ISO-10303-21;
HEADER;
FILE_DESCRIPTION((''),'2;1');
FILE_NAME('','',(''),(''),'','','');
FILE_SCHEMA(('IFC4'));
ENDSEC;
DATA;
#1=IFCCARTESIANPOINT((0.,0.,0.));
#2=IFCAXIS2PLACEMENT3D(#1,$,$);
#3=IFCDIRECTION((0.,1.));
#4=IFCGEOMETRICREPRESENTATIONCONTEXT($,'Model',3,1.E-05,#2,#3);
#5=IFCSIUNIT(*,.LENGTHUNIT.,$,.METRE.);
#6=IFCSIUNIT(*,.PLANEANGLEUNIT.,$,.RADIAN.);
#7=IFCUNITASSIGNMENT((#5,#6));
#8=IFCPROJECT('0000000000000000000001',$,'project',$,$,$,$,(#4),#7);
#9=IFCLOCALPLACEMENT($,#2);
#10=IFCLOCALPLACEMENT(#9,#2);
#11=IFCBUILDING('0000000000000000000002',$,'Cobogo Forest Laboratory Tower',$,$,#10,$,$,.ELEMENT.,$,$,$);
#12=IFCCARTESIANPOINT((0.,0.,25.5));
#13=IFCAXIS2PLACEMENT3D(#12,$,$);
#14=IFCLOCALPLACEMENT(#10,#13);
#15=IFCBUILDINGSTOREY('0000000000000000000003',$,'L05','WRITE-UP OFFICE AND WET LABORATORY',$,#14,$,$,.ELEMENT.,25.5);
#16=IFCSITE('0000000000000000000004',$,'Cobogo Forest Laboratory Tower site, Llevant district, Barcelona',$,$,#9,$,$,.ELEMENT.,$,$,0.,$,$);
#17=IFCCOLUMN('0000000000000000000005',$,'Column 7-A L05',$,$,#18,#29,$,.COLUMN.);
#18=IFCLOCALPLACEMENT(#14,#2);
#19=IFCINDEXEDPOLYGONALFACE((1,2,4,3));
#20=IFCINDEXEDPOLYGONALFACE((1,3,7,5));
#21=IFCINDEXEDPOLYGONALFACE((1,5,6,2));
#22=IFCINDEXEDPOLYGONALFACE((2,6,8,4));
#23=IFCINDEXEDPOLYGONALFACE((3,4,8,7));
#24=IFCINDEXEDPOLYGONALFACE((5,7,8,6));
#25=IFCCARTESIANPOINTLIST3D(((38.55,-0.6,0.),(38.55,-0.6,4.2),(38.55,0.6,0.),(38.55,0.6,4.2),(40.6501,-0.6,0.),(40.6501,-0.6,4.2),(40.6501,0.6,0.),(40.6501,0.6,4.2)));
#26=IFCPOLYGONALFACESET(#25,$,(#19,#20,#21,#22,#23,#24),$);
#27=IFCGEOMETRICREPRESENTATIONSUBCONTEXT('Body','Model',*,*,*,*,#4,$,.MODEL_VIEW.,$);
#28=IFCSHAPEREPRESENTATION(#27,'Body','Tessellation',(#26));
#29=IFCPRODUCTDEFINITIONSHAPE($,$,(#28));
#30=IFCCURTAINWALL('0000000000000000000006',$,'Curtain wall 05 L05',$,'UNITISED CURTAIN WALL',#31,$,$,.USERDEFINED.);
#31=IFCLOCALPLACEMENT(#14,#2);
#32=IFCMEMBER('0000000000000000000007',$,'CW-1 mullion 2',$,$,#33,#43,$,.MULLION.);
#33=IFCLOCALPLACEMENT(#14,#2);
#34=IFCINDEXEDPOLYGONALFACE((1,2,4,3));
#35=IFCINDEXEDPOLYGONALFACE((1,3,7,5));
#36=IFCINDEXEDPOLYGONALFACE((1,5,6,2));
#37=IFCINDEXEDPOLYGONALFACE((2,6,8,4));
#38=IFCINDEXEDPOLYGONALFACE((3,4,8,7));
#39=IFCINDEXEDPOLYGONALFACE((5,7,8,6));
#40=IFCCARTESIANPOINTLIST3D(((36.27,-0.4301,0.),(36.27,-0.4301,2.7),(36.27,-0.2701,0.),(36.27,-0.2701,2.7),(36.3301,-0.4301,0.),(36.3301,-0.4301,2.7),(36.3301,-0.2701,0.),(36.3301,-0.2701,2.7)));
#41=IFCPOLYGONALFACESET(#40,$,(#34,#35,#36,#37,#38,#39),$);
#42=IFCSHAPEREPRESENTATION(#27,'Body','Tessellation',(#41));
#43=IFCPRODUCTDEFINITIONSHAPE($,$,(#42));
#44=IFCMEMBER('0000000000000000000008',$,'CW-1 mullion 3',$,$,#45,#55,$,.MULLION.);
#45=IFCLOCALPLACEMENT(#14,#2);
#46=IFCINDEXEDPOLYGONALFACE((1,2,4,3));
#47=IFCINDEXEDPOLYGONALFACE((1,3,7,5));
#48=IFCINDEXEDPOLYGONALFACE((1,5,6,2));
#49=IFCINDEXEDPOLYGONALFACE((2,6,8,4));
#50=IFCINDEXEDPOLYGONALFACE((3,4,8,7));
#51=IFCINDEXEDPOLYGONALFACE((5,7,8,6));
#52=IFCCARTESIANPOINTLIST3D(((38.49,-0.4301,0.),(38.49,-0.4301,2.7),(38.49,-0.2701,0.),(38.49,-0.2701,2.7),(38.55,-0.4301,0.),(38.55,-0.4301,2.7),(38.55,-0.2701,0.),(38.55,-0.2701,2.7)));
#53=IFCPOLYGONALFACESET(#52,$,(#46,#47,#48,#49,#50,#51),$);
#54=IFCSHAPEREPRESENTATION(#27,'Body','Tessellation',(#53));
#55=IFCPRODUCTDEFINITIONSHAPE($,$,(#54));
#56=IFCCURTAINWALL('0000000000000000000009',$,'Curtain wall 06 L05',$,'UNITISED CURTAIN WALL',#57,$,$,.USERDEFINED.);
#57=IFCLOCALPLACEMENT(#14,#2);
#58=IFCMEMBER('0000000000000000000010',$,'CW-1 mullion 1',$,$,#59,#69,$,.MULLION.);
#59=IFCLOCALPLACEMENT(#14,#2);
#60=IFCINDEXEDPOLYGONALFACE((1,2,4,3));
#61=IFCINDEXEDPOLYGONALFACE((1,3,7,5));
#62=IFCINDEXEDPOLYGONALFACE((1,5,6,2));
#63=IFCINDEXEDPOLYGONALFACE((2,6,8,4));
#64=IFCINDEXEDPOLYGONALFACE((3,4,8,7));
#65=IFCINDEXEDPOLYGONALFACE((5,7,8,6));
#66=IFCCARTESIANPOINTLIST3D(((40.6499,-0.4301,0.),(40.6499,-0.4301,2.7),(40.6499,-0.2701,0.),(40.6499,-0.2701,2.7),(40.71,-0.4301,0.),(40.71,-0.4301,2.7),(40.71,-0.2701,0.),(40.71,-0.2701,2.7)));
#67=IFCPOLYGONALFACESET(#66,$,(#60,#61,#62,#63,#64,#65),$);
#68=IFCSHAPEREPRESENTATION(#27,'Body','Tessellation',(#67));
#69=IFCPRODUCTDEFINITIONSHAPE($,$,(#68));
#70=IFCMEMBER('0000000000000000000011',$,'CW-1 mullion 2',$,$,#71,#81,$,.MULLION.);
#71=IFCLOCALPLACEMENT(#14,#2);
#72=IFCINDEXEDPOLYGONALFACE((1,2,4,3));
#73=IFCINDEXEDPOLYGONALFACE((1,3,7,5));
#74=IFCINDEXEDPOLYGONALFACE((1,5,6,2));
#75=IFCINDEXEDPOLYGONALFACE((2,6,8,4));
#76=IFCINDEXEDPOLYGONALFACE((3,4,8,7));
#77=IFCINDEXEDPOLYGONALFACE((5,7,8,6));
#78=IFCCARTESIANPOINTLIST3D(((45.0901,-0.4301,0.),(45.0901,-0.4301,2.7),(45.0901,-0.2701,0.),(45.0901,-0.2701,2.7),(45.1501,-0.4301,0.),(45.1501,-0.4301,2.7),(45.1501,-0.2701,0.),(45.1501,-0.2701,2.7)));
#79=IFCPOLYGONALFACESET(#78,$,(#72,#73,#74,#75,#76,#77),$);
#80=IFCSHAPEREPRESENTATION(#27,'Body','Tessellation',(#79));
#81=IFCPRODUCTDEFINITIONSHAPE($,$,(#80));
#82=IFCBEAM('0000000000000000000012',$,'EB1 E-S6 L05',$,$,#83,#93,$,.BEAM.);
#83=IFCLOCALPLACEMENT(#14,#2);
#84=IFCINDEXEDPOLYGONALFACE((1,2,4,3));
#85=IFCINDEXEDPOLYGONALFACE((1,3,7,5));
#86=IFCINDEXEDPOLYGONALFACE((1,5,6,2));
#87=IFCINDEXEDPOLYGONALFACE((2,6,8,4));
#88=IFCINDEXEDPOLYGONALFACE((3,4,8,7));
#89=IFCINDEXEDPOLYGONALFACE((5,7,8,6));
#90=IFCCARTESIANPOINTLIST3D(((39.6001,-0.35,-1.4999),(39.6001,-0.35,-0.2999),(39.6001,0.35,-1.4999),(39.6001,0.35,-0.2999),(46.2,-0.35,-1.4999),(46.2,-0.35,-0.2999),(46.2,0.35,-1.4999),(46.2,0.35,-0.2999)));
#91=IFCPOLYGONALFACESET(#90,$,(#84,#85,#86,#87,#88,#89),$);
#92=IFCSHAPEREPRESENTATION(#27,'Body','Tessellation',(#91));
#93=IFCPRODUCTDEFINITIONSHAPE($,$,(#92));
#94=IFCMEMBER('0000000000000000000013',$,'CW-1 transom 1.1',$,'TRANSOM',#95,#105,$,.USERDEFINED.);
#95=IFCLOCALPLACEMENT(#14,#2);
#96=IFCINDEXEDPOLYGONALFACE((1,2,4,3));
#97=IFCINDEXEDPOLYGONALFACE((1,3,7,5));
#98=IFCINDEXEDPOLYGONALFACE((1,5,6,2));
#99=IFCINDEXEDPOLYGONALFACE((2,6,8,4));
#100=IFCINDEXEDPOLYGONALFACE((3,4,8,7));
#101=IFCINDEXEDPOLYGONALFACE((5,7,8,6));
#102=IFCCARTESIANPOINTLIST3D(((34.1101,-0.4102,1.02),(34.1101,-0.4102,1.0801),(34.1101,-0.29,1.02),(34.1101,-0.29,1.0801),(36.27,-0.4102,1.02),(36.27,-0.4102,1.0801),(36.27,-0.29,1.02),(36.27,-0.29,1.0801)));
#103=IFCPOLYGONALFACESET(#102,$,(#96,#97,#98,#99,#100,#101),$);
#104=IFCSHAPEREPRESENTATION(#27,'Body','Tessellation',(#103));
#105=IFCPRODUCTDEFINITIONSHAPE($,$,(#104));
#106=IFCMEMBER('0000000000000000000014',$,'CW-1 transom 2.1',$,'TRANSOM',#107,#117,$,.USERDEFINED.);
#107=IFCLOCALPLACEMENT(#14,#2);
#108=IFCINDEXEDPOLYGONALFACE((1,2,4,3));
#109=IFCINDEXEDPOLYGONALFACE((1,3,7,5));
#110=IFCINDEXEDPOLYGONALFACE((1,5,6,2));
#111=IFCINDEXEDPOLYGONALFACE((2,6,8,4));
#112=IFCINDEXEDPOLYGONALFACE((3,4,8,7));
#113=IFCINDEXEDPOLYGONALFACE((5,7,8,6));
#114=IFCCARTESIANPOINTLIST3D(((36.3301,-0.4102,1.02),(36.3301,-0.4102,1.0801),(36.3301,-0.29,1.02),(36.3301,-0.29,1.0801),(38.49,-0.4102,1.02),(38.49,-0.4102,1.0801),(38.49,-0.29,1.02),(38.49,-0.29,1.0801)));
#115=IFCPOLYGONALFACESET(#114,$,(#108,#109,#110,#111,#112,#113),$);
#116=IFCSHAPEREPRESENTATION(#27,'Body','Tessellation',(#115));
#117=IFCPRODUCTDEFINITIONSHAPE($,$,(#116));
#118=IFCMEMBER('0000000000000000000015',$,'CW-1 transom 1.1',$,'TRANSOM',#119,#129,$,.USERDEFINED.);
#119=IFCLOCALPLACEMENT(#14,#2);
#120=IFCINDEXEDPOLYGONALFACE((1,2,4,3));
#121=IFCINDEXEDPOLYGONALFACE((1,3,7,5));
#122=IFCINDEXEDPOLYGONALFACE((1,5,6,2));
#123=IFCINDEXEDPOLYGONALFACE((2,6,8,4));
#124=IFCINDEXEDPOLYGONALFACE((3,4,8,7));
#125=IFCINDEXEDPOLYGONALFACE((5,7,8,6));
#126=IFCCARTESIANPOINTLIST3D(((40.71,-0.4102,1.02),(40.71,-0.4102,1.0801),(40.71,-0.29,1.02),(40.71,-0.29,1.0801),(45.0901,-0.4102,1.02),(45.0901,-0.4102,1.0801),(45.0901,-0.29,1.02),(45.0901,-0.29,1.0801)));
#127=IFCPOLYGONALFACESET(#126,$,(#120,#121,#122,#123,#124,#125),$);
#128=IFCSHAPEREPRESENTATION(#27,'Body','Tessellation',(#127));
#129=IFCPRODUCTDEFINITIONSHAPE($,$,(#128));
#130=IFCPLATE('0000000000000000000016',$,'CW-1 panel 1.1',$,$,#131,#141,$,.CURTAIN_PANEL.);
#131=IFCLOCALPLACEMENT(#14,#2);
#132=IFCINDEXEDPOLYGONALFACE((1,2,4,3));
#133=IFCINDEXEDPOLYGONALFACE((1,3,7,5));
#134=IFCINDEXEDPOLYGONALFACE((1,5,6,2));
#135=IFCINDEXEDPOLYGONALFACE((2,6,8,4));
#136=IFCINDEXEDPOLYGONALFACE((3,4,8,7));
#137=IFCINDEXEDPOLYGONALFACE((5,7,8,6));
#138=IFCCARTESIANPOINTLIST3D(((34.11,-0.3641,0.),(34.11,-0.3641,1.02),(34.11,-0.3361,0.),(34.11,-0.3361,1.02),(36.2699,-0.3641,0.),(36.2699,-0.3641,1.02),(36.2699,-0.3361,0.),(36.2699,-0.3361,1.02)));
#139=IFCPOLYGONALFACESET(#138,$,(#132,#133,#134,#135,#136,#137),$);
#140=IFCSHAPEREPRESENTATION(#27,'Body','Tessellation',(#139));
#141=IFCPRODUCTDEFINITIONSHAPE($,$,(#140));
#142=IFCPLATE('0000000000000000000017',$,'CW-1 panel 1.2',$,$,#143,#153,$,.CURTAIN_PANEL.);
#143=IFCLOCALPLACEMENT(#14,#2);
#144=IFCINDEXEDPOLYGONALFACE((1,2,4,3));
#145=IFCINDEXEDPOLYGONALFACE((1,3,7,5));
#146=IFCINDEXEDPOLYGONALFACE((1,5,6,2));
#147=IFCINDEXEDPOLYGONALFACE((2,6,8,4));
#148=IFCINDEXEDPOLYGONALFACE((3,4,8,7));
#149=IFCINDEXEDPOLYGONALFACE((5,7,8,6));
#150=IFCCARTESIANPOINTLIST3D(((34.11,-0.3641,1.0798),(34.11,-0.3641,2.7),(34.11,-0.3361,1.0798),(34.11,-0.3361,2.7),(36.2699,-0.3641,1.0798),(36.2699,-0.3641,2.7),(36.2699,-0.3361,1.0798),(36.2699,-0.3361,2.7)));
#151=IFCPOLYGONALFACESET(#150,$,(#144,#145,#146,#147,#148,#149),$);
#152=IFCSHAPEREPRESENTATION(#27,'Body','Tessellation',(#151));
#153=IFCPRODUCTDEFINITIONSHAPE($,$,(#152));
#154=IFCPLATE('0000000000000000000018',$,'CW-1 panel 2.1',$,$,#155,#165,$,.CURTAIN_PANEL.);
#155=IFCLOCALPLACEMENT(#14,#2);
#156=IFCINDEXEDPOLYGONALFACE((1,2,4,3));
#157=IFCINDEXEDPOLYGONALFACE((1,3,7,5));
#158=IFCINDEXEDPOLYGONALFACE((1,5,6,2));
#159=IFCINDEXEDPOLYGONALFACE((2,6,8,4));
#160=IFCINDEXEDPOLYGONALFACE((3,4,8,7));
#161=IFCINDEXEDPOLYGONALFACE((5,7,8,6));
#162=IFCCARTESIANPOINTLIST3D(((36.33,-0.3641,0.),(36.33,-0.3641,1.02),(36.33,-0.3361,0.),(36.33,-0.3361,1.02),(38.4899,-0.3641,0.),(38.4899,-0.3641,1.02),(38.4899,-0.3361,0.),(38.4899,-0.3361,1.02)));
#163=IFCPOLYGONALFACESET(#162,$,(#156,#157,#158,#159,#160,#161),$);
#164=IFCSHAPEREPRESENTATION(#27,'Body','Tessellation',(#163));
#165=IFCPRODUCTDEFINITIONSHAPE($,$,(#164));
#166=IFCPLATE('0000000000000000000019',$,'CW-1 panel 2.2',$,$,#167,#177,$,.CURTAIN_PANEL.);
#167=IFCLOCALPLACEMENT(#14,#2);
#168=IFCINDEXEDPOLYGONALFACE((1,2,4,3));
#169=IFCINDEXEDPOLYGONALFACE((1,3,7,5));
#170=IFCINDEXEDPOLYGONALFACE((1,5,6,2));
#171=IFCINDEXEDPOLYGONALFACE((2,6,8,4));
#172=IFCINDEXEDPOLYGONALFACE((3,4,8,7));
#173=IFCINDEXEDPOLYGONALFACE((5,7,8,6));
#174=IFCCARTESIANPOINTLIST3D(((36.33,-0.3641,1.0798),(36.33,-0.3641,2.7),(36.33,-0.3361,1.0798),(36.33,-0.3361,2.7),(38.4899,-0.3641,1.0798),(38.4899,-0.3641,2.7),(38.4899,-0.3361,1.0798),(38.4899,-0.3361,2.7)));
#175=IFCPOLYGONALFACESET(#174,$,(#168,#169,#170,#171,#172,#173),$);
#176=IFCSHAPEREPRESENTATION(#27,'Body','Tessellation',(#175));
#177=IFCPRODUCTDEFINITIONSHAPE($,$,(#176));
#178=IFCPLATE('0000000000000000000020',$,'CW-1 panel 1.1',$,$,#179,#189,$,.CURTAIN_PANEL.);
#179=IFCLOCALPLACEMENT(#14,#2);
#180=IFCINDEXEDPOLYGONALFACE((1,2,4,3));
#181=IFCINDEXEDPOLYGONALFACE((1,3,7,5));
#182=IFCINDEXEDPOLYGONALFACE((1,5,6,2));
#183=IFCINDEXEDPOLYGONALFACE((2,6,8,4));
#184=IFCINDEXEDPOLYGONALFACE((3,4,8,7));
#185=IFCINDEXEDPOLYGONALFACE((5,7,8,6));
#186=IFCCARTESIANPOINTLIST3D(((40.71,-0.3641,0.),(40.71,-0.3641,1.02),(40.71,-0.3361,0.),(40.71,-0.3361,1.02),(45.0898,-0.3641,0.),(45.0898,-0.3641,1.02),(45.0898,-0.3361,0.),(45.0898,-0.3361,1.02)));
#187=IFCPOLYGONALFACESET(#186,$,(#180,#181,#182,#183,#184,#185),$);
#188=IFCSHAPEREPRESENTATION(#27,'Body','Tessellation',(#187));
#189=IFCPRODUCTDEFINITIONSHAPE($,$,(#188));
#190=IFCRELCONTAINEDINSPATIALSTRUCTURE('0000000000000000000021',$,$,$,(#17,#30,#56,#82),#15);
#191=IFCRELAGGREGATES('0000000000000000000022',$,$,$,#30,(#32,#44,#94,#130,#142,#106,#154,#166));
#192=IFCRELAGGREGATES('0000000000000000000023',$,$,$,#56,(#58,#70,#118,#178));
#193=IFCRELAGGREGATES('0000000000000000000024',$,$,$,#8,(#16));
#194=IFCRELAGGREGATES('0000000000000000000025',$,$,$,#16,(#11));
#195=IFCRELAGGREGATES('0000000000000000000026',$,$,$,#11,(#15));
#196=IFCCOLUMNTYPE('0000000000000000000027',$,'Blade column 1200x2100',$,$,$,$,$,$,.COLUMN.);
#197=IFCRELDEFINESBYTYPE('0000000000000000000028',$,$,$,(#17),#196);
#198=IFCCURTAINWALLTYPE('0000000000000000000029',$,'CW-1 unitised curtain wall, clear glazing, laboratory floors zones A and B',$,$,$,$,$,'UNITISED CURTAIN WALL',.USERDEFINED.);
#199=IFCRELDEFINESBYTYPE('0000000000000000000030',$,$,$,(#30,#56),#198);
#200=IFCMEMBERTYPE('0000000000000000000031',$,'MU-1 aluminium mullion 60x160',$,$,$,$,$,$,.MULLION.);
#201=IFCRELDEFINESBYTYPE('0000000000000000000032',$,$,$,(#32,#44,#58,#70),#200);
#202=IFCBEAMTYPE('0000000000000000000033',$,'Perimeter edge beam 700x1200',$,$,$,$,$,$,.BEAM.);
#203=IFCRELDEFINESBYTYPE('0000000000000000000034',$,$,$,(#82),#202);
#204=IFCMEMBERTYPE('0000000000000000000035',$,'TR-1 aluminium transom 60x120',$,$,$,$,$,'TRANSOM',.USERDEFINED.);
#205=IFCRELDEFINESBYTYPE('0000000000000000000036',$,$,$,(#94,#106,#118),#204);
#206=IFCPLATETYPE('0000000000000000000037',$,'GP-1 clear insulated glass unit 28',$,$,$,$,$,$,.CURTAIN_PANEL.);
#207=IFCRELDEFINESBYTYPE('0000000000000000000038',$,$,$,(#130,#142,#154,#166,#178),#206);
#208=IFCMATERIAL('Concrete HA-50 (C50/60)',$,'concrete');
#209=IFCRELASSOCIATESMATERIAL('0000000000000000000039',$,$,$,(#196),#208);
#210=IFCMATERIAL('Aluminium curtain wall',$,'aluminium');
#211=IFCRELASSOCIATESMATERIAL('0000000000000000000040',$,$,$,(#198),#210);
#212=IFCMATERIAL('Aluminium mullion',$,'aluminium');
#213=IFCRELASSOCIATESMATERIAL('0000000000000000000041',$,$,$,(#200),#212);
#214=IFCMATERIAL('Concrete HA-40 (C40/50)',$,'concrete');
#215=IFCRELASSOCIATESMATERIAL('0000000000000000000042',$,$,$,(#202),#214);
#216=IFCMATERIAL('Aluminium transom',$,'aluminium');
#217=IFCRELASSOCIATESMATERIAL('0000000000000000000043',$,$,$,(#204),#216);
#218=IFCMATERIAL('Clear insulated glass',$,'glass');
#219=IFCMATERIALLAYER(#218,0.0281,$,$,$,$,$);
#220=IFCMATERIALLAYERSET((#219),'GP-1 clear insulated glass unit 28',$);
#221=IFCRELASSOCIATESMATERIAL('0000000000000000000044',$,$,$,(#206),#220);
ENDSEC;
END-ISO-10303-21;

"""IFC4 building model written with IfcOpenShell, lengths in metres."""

from ifc_helpers import new_model, si_unit, direction, frame, origin, origin_2d, place, context, subcontext, project, spatial, rectangle, extrude, material, layer, layer_set, material_profile, profile_set, type_object, element, aggregate, save


model = new_model("IFC4")

# Units and contexts
model_context = context("Model", 3, precision=1e-05, world=origin(), true_north=direction((0.0, 1.0)))
body_context = subcontext(model_context, "Body", "Model", "MODEL_VIEW")
ifc_project = project(units=[si_unit("LENGTHUNIT", "METRE"), si_unit("PLANEANGLEUNIT", "RADIAN")], contexts=[model_context])

# Site, building, storey
site_placement = place(None, origin())
site = spatial("IfcSite", under=ifc_project, at=site_placement, Name="Cobogo Forest Laboratory Tower site, Llevant district, Barcelona", CompositionType="ELEMENT", RefElevation=0.0)
building_placement = place(site_placement, origin())
building = spatial("IfcBuilding", under=site, at=building_placement, Name="Cobogo Forest Laboratory Tower", CompositionType="ELEMENT")
storey_placement = place(building_placement, frame((0.0, 0.0, 25.5)))
storey = spatial("IfcBuildingStorey", under=building, at=storey_placement, Name="L05", Description="WRITE-UP OFFICE AND WET LABORATORY", CompositionType="ELEMENT", Elevation=25.5)

# Column
ifc_material_1 = material(Name="Concrete HA-50 (C50/60)", Category="concrete")
ifc_material_profile_1 = material_profile(ifc_material_1, rectangle(XDim=2.1001, YDim=1.2, at=origin_2d()), Name="RC 1200x2100")
ifc_profile_set_1 = profile_set([ifc_material_profile_1], Name="Concrete HA-50 (C50/60)")
column_type = type_object("IfcColumnType", Name="Blade column 1200x2100", PredefinedType="COLUMN", material=ifc_profile_set_1)
column_placement = place(storey_placement, frame((39.6001, 0.0, 0.0), z_axis=(0.0, 0.0, 1.0), x_axis=(1.0, 0.0, 0.0)))
element("IfcColumn", 1, at=column_placement, inside=storey, type_object=column_type, Name="Column 7-A L05", PredefinedType="COLUMN", context=body_context, shape_type="SweptSolid", body=[
    extrude(rectangle(XDim=2.1001, YDim=1.2, at=origin_2d()), origin(), (0.0, 0.0, 1.0), 4.2),
])

# Curtain walls, members
ifc_material_2 = material(Name="Aluminium curtain wall", Category="aluminium")
curtain_wall_type = type_object("IfcCurtainWallType", Name="CW-1 unitised curtain wall, clear glazing, laboratory floors zones A and B", ElementType="UNITISED CURTAIN WALL", PredefinedType="USERDEFINED", material=ifc_material_2)
curtain_wall_1_placement = place(storey_placement, origin())
curtain_wall_1 = element("IfcCurtainWall", 2, at=curtain_wall_1_placement, inside=storey, type_object=curtain_wall_type, Name="Curtain wall 05 L05", ObjectType="UNITISED CURTAIN WALL", PredefinedType="USERDEFINED")
ifc_material_3 = material(Name="Aluminium mullion", Category="aluminium")
ifc_material_profile_2 = material_profile(ifc_material_3, rectangle(XDim=0.0601, YDim=0.1599, at=origin_2d()), Name="AL 60x160")
ifc_profile_set_2 = profile_set([ifc_material_profile_2], Name="Aluminium mullion")
member_type_1 = type_object("IfcMemberType", Name="MU-1 aluminium mullion 60x160", PredefinedType="MULLION", material=ifc_profile_set_2)
member_1_placement = place(storey_placement, frame((36.3, -0.3501, 0.0), z_axis=(0.0, 0.0, 1.0), x_axis=(1.0, 0.0, 0.0)))
member_1 = element("IfcMember", 3, at=member_1_placement, type_object=member_type_1, Name="CW-1 mullion 2", PredefinedType="MULLION", context=body_context, shape_type="SweptSolid", body=[
    extrude(rectangle(XDim=0.0601, YDim=0.1599, at=origin_2d()), origin(), (0.0, 0.0, 1.0), 2.7),
])
member_2_placement = place(storey_placement, frame((38.52, -0.3501, 0.0), z_axis=(0.0, 0.0, 1.0), x_axis=(1.0, 0.0, 0.0)))
member_2 = element("IfcMember", 4, at=member_2_placement, type_object=member_type_1, Name="CW-1 mullion 3", PredefinedType="MULLION", context=body_context, shape_type="SweptSolid", body=[
    extrude(rectangle(XDim=0.0601, YDim=0.1599, at=origin_2d()), origin(), (0.0, 0.0, 1.0), 2.7),
])
curtain_wall_2_placement = place(storey_placement, origin())
curtain_wall_2 = element("IfcCurtainWall", 5, at=curtain_wall_2_placement, inside=storey, type_object=curtain_wall_type, Name="Curtain wall 06 L05", ObjectType="UNITISED CURTAIN WALL", PredefinedType="USERDEFINED")
member_3_placement = place(storey_placement, frame((40.6799, -0.3501, 0.0), z_axis=(0.0, 0.0, 1.0), x_axis=(1.0, 0.0, 0.0)))
member_3 = element("IfcMember", 6, at=member_3_placement, type_object=member_type_1, Name="CW-1 mullion 1", PredefinedType="MULLION", context=body_context, shape_type="SweptSolid", body=[
    extrude(rectangle(XDim=0.0601, YDim=0.1599, at=origin_2d()), origin(), (0.0, 0.0, 1.0), 2.7),
])
member_4_placement = place(storey_placement, frame((45.1201, -0.3501, 0.0), z_axis=(0.0, 0.0, 1.0), x_axis=(1.0, 0.0, 0.0)))
member_4 = element("IfcMember", 7, at=member_4_placement, type_object=member_type_1, Name="CW-1 mullion 2", PredefinedType="MULLION", context=body_context, shape_type="SweptSolid", body=[
    extrude(rectangle(XDim=0.0601, YDim=0.1599, at=origin_2d()), origin(), (0.0, 0.0, 1.0), 2.7),
])

# Beam
ifc_material_4 = material(Name="Concrete HA-40 (C40/50)", Category="concrete")
ifc_material_profile_3 = material_profile(ifc_material_4, rectangle(XDim=0.7, YDim=1.2, at=origin_2d()), Name="RC 700x1200")
ifc_profile_set_3 = profile_set([ifc_material_profile_3], Name="Concrete HA-40 (C40/50)")
beam_type = type_object("IfcBeamType", Name="Perimeter edge beam 700x1200", PredefinedType="BEAM", material=ifc_profile_set_3)
beam_placement = place(storey_placement, frame((39.6001, 0.0, -0.8999), z_axis=(1.0, 0.0, 0.0), x_axis=(0.0, 1.0, 0.0)))
element("IfcBeam", 8, at=beam_placement, inside=storey, type_object=beam_type, Name="EB1 E-S6 L05", PredefinedType="BEAM", context=body_context, shape_type="SweptSolid", body=[
    extrude(rectangle(XDim=0.7, YDim=1.2, at=origin_2d()), origin(), (0.0, 0.0, 1.0), 6.5999),
])

# Members
ifc_material_5 = material(Name="Aluminium transom", Category="aluminium")
ifc_material_profile_4 = material_profile(ifc_material_5, rectangle(XDim=0.1201, YDim=0.0601, at=origin_2d()), Name="AL 60x120")
ifc_profile_set_4 = profile_set([ifc_material_profile_4], Name="Aluminium transom")
member_type_2 = type_object("IfcMemberType", Name="TR-1 aluminium transom 60x120", ElementType="TRANSOM", PredefinedType="USERDEFINED", material=ifc_profile_set_4)
member_5_placement = place(storey_placement, frame((34.1101, -0.3501, 1.05), z_axis=(1.0, 0.0, 0.0), x_axis=(0.0, 1.0, 0.0)))
member_5 = element("IfcMember", 9, at=member_5_placement, type_object=member_type_2, Name="CW-1 transom 1.1", ObjectType="TRANSOM", PredefinedType="USERDEFINED", context=body_context, shape_type="SweptSolid", body=[
    extrude(rectangle(XDim=0.1201, YDim=0.0601, at=origin_2d()), origin(), (0.0, 0.0, 1.0), 2.1599),
])
member_6_placement = place(storey_placement, frame((36.3301, -0.3501, 1.05), z_axis=(1.0, 0.0, 0.0), x_axis=(0.0, 1.0, 0.0)))
member_6 = element("IfcMember", 10, at=member_6_placement, type_object=member_type_2, Name="CW-1 transom 2.1", ObjectType="TRANSOM", PredefinedType="USERDEFINED", context=body_context, shape_type="SweptSolid", body=[
    extrude(rectangle(XDim=0.1201, YDim=0.0601, at=origin_2d()), origin(), (0.0, 0.0, 1.0), 2.1599),
])
member_7_placement = place(storey_placement, frame((40.71, -0.3501, 1.05), z_axis=(1.0, 0.0, 0.0), x_axis=(0.0, 1.0, 0.0)))
member_7 = element("IfcMember", 11, at=member_7_placement, type_object=member_type_2, Name="CW-1 transom 1.1", ObjectType="TRANSOM", PredefinedType="USERDEFINED", context=body_context, shape_type="SweptSolid", body=[
    extrude(rectangle(XDim=0.1201, YDim=0.0601, at=origin_2d()), origin(), (0.0, 0.0, 1.0), 4.3801),
])

# Plates
ifc_material_6 = material(Name="Clear insulated glass", Category="glass")
ifc_layer_1 = layer(ifc_material_6, 0.0281)
ifc_layer_set_1 = layer_set([ifc_layer_1], Name="GP-1 clear insulated glass unit 28")
plate_type_1 = type_object("IfcPlateType", Name="GP-1 clear insulated glass unit 28", PredefinedType="CURTAIN_PANEL", material=ifc_layer_set_1)
plate_1_placement = place(storey_placement, frame((35.1899, -0.3501, 0.0), z_axis=(0.0, 0.0, 1.0), x_axis=(1.0, 0.0, 0.0)))
plate_1 = element("IfcPlate", 12, at=plate_1_placement, type_object=plate_type_1, Name="CW-1 panel 1.1", PredefinedType="CURTAIN_PANEL", context=body_context, shape_type="SweptSolid", body=[
    extrude(rectangle(XDim=2.1599, YDim=0.0281, at=origin_2d()), origin(), (0.0, 0.0, 1.0), 1.02),
])
plate_2_placement = place(storey_placement, frame((35.1899, -0.3501, 1.0798), z_axis=(0.0, 0.0, 1.0), x_axis=(1.0, 0.0, 0.0)))
plate_2 = element("IfcPlate", 13, at=plate_2_placement, type_object=plate_type_1, Name="CW-1 panel 1.2", PredefinedType="CURTAIN_PANEL", context=body_context, shape_type="SweptSolid", body=[
    extrude(rectangle(XDim=2.1599, YDim=0.0281, at=origin_2d()), origin(), (0.0, 0.0, 1.0), 1.6201),
])
plate_3_placement = place(storey_placement, frame((37.4099, -0.3501, 0.0), z_axis=(0.0, 0.0, 1.0), x_axis=(1.0, 0.0, 0.0)))
plate_3 = element("IfcPlate", 14, at=plate_3_placement, type_object=plate_type_1, Name="CW-1 panel 2.1", PredefinedType="CURTAIN_PANEL", context=body_context, shape_type="SweptSolid", body=[
    extrude(rectangle(XDim=2.1599, YDim=0.0281, at=origin_2d()), origin(), (0.0, 0.0, 1.0), 1.02),
])
plate_4_placement = place(storey_placement, frame((37.4099, -0.3501, 1.0798), z_axis=(0.0, 0.0, 1.0), x_axis=(1.0, 0.0, 0.0)))
plate_4 = element("IfcPlate", 15, at=plate_4_placement, type_object=plate_type_1, Name="CW-1 panel 2.2", PredefinedType="CURTAIN_PANEL", context=body_context, shape_type="SweptSolid", body=[
    extrude(rectangle(XDim=2.1599, YDim=0.0281, at=origin_2d()), origin(), (0.0, 0.0, 1.0), 1.6201),
])
aggregate(curtain_wall_1, [member_1, member_2, member_5, plate_1, plate_2, member_6, plate_3, plate_4])
plate_5_placement = place(storey_placement, frame((42.8999, -0.3501, 0.0), z_axis=(0.0, 0.0, 1.0), x_axis=(1.0, 0.0, 0.0)))
plate_5 = element("IfcPlate", 16, at=plate_5_placement, type_object=plate_type_1, Name="CW-1 panel 1.1", PredefinedType="CURTAIN_PANEL", context=body_context, shape_type="SweptSolid", body=[
    extrude(rectangle(XDim=4.3799, YDim=0.0281, at=origin_2d()), origin(), (0.0, 0.0, 1.0), 1.02),
])
aggregate(curtain_wall_2, [member_3, member_4, member_7, plate_5])

save(model, "model.ifc")
